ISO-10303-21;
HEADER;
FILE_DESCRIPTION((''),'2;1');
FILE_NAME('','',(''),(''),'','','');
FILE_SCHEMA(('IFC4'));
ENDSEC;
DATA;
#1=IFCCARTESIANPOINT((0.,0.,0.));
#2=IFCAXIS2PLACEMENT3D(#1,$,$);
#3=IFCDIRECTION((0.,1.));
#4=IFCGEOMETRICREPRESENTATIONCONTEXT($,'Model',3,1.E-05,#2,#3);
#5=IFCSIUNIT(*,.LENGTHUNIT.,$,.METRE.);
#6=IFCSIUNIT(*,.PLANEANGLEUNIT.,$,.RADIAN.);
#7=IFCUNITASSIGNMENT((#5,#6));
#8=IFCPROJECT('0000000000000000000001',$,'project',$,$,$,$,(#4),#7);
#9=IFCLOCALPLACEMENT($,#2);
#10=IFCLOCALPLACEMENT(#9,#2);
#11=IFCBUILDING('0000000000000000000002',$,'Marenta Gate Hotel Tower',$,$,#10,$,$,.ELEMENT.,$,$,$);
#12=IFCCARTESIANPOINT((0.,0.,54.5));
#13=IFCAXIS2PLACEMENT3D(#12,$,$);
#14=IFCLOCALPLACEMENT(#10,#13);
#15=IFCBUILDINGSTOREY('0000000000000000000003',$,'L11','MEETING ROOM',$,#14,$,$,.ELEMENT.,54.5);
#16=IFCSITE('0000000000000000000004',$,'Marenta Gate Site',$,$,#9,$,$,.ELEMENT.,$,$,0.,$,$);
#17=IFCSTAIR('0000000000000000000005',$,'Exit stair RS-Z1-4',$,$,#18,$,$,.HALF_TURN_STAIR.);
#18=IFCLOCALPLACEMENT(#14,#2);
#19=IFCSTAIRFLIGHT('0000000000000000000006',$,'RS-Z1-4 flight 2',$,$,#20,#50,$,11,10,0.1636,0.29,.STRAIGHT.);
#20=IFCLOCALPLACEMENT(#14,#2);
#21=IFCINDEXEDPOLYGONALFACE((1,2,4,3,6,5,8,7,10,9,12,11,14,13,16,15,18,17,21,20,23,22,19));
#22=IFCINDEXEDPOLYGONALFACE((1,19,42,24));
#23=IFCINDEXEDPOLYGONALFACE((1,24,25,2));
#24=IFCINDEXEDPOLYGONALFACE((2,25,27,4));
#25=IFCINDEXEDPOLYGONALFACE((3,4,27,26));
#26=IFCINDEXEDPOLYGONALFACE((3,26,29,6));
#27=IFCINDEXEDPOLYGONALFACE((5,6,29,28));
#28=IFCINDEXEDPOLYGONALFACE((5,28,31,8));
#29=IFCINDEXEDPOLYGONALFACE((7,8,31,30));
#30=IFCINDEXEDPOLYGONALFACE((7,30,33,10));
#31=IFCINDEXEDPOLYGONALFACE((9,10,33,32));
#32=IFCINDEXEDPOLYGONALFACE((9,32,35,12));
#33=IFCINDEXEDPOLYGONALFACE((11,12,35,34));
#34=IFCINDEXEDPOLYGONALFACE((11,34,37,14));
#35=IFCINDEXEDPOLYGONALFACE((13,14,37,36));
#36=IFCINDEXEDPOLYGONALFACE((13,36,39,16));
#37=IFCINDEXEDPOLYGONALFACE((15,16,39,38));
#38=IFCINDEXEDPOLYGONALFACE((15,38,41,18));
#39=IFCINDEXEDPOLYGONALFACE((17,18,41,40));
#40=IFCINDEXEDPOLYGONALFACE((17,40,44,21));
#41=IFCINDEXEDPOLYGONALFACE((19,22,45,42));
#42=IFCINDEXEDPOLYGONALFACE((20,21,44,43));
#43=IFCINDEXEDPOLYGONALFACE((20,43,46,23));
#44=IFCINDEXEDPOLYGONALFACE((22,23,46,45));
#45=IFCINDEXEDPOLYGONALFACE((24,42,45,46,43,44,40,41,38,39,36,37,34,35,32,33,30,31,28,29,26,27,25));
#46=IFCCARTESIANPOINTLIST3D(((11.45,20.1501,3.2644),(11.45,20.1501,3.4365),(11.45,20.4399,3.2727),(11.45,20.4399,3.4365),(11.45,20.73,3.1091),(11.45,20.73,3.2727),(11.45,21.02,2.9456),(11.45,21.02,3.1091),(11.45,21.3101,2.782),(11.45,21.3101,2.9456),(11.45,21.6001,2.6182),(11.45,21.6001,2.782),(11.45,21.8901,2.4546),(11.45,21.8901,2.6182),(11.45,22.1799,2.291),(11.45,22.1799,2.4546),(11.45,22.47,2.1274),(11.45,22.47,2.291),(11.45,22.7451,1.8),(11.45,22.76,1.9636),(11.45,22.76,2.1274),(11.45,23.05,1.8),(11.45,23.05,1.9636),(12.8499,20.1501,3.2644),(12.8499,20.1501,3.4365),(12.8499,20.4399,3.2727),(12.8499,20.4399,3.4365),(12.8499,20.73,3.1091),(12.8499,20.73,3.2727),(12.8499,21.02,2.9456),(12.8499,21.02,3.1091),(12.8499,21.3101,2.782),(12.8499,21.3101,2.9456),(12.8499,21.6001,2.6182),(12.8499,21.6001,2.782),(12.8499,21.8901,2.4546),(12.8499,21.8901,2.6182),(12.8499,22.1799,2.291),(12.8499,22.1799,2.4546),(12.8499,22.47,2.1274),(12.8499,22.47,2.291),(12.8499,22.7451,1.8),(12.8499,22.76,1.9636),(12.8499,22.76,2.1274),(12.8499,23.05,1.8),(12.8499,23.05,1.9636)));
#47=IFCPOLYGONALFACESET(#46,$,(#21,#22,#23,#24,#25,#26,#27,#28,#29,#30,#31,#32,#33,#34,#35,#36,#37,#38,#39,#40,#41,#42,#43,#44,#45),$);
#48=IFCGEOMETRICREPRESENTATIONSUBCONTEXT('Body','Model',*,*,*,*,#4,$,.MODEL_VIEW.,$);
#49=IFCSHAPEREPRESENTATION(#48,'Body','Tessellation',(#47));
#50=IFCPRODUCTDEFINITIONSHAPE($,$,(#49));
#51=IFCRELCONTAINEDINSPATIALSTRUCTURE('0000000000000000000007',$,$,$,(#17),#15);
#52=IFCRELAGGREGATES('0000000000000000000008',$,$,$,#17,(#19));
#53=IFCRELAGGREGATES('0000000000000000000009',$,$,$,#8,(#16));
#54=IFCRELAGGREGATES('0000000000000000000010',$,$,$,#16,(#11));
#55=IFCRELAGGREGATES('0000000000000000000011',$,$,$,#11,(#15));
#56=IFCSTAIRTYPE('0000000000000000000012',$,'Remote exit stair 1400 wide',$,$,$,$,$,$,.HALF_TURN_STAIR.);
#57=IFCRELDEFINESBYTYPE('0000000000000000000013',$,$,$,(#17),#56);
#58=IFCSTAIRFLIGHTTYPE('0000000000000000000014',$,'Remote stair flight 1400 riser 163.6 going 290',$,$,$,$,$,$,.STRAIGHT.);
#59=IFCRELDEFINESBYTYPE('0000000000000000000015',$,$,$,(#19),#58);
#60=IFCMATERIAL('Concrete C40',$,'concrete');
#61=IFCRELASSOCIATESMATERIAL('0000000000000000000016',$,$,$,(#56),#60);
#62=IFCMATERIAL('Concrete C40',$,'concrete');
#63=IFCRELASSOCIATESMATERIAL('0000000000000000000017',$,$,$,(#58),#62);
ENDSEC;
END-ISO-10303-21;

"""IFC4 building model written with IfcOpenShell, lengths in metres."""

from ifc_helpers import new_model, si_unit, direction, frame, origin, place, context, subcontext, project, spatial, polyline, outline, extrude, material, type_object, element, aggregate, save


model = new_model("IFC4")

# Units and contexts
model_context = context("Model", 3, precision=1e-05, world=origin(), true_north=direction((0.0, 1.0)))
body_context = subcontext(model_context, "Body", "Model", "MODEL_VIEW")
ifc_project = project(units=[si_unit("LENGTHUNIT", "METRE"), si_unit("PLANEANGLEUNIT", "RADIAN")], contexts=[model_context])

# Site, building, storey
site_placement = place(None, origin())
site = spatial("IfcSite", under=ifc_project, at=site_placement, Name="Marenta Gate Site", CompositionType="ELEMENT", RefElevation=0.0)
building_placement = place(site_placement, origin())
building = spatial("IfcBuilding", under=site, at=building_placement, Name="Marenta Gate Hotel Tower", CompositionType="ELEMENT")
storey_placement = place(building_placement, frame((0.0, 0.0, 54.5)))
storey = spatial("IfcBuildingStorey", under=building, at=storey_placement, Name="L11", Description="MEETING ROOM", CompositionType="ELEMENT", Elevation=54.5)

# Stair, stair flight
ifc_material_1 = material(Name="Concrete C40", Category="concrete")
stair_type = type_object("IfcStairType", Name="Remote exit stair 1400 wide", PredefinedType="HALF_TURN_STAIR", material=ifc_material_1)
stair_placement = place(storey_placement, origin())
stair = element("IfcStair", 1, at=stair_placement, inside=storey, type_object=stair_type, Name="Exit stair RS-Z1-4", PredefinedType="HALF_TURN_STAIR")
ifc_material_2 = material(Name="Concrete C40", Category="concrete")
stair_flight_type = type_object("IfcStairFlightType", Name="Remote stair flight 1400 riser 163.6 going 290", PredefinedType="STRAIGHT", material=ifc_material_2)
stair_flight_placement = place(storey_placement, frame((12.1499, 23.05, 1.8), z_axis=(0.0, 0.0, 1.0), x_axis=(0.0, -1.0, 0.0)))
stair_flight = element("IfcStairFlight", 2, at=stair_flight_placement, type_object=stair_flight_type, Name="RS-Z1-4 flight 2", NumberOfRisers=11, NumberOfTreads=10, PredefinedType="STRAIGHT", RiserHeight=0.1636, TreadLength=0.29, context=body_context, shape_type="SweptSolid", body=[
    extrude(outline(polyline([(0.0, 0.0), (0.0, 0.1636), (0.29, 0.1636), (0.29, 0.3274), (0.5801, 0.3274), (0.5801, 0.491), (0.8701, 0.491), (0.8701, 0.6545), (1.1599, 0.6545), (1.1599, 0.8181), (1.45, 0.8181), (1.45, 0.9819), (1.74, 0.9819), (1.74, 1.1455), (2.03, 1.1455), (2.03, 1.3091), (2.3201, 1.3091), (2.3201, 1.4727), (2.6101, 1.4727), (2.6101, 1.6365), (2.8999, 1.6365), (2.8999, 1.8), (2.8999, 1.4644), (0.3049, 0.0), (0.0, 0.0)])), frame((0.0, 0.7, 0.0), z_axis=(0.0, -1.0, 0.0), x_axis=(1.0, 0.0, 0.0)), (0.0, 0.0, 1.0), 1.3999),
])
aggregate(stair, [stair_flight])

save(model, "model.ifc")
